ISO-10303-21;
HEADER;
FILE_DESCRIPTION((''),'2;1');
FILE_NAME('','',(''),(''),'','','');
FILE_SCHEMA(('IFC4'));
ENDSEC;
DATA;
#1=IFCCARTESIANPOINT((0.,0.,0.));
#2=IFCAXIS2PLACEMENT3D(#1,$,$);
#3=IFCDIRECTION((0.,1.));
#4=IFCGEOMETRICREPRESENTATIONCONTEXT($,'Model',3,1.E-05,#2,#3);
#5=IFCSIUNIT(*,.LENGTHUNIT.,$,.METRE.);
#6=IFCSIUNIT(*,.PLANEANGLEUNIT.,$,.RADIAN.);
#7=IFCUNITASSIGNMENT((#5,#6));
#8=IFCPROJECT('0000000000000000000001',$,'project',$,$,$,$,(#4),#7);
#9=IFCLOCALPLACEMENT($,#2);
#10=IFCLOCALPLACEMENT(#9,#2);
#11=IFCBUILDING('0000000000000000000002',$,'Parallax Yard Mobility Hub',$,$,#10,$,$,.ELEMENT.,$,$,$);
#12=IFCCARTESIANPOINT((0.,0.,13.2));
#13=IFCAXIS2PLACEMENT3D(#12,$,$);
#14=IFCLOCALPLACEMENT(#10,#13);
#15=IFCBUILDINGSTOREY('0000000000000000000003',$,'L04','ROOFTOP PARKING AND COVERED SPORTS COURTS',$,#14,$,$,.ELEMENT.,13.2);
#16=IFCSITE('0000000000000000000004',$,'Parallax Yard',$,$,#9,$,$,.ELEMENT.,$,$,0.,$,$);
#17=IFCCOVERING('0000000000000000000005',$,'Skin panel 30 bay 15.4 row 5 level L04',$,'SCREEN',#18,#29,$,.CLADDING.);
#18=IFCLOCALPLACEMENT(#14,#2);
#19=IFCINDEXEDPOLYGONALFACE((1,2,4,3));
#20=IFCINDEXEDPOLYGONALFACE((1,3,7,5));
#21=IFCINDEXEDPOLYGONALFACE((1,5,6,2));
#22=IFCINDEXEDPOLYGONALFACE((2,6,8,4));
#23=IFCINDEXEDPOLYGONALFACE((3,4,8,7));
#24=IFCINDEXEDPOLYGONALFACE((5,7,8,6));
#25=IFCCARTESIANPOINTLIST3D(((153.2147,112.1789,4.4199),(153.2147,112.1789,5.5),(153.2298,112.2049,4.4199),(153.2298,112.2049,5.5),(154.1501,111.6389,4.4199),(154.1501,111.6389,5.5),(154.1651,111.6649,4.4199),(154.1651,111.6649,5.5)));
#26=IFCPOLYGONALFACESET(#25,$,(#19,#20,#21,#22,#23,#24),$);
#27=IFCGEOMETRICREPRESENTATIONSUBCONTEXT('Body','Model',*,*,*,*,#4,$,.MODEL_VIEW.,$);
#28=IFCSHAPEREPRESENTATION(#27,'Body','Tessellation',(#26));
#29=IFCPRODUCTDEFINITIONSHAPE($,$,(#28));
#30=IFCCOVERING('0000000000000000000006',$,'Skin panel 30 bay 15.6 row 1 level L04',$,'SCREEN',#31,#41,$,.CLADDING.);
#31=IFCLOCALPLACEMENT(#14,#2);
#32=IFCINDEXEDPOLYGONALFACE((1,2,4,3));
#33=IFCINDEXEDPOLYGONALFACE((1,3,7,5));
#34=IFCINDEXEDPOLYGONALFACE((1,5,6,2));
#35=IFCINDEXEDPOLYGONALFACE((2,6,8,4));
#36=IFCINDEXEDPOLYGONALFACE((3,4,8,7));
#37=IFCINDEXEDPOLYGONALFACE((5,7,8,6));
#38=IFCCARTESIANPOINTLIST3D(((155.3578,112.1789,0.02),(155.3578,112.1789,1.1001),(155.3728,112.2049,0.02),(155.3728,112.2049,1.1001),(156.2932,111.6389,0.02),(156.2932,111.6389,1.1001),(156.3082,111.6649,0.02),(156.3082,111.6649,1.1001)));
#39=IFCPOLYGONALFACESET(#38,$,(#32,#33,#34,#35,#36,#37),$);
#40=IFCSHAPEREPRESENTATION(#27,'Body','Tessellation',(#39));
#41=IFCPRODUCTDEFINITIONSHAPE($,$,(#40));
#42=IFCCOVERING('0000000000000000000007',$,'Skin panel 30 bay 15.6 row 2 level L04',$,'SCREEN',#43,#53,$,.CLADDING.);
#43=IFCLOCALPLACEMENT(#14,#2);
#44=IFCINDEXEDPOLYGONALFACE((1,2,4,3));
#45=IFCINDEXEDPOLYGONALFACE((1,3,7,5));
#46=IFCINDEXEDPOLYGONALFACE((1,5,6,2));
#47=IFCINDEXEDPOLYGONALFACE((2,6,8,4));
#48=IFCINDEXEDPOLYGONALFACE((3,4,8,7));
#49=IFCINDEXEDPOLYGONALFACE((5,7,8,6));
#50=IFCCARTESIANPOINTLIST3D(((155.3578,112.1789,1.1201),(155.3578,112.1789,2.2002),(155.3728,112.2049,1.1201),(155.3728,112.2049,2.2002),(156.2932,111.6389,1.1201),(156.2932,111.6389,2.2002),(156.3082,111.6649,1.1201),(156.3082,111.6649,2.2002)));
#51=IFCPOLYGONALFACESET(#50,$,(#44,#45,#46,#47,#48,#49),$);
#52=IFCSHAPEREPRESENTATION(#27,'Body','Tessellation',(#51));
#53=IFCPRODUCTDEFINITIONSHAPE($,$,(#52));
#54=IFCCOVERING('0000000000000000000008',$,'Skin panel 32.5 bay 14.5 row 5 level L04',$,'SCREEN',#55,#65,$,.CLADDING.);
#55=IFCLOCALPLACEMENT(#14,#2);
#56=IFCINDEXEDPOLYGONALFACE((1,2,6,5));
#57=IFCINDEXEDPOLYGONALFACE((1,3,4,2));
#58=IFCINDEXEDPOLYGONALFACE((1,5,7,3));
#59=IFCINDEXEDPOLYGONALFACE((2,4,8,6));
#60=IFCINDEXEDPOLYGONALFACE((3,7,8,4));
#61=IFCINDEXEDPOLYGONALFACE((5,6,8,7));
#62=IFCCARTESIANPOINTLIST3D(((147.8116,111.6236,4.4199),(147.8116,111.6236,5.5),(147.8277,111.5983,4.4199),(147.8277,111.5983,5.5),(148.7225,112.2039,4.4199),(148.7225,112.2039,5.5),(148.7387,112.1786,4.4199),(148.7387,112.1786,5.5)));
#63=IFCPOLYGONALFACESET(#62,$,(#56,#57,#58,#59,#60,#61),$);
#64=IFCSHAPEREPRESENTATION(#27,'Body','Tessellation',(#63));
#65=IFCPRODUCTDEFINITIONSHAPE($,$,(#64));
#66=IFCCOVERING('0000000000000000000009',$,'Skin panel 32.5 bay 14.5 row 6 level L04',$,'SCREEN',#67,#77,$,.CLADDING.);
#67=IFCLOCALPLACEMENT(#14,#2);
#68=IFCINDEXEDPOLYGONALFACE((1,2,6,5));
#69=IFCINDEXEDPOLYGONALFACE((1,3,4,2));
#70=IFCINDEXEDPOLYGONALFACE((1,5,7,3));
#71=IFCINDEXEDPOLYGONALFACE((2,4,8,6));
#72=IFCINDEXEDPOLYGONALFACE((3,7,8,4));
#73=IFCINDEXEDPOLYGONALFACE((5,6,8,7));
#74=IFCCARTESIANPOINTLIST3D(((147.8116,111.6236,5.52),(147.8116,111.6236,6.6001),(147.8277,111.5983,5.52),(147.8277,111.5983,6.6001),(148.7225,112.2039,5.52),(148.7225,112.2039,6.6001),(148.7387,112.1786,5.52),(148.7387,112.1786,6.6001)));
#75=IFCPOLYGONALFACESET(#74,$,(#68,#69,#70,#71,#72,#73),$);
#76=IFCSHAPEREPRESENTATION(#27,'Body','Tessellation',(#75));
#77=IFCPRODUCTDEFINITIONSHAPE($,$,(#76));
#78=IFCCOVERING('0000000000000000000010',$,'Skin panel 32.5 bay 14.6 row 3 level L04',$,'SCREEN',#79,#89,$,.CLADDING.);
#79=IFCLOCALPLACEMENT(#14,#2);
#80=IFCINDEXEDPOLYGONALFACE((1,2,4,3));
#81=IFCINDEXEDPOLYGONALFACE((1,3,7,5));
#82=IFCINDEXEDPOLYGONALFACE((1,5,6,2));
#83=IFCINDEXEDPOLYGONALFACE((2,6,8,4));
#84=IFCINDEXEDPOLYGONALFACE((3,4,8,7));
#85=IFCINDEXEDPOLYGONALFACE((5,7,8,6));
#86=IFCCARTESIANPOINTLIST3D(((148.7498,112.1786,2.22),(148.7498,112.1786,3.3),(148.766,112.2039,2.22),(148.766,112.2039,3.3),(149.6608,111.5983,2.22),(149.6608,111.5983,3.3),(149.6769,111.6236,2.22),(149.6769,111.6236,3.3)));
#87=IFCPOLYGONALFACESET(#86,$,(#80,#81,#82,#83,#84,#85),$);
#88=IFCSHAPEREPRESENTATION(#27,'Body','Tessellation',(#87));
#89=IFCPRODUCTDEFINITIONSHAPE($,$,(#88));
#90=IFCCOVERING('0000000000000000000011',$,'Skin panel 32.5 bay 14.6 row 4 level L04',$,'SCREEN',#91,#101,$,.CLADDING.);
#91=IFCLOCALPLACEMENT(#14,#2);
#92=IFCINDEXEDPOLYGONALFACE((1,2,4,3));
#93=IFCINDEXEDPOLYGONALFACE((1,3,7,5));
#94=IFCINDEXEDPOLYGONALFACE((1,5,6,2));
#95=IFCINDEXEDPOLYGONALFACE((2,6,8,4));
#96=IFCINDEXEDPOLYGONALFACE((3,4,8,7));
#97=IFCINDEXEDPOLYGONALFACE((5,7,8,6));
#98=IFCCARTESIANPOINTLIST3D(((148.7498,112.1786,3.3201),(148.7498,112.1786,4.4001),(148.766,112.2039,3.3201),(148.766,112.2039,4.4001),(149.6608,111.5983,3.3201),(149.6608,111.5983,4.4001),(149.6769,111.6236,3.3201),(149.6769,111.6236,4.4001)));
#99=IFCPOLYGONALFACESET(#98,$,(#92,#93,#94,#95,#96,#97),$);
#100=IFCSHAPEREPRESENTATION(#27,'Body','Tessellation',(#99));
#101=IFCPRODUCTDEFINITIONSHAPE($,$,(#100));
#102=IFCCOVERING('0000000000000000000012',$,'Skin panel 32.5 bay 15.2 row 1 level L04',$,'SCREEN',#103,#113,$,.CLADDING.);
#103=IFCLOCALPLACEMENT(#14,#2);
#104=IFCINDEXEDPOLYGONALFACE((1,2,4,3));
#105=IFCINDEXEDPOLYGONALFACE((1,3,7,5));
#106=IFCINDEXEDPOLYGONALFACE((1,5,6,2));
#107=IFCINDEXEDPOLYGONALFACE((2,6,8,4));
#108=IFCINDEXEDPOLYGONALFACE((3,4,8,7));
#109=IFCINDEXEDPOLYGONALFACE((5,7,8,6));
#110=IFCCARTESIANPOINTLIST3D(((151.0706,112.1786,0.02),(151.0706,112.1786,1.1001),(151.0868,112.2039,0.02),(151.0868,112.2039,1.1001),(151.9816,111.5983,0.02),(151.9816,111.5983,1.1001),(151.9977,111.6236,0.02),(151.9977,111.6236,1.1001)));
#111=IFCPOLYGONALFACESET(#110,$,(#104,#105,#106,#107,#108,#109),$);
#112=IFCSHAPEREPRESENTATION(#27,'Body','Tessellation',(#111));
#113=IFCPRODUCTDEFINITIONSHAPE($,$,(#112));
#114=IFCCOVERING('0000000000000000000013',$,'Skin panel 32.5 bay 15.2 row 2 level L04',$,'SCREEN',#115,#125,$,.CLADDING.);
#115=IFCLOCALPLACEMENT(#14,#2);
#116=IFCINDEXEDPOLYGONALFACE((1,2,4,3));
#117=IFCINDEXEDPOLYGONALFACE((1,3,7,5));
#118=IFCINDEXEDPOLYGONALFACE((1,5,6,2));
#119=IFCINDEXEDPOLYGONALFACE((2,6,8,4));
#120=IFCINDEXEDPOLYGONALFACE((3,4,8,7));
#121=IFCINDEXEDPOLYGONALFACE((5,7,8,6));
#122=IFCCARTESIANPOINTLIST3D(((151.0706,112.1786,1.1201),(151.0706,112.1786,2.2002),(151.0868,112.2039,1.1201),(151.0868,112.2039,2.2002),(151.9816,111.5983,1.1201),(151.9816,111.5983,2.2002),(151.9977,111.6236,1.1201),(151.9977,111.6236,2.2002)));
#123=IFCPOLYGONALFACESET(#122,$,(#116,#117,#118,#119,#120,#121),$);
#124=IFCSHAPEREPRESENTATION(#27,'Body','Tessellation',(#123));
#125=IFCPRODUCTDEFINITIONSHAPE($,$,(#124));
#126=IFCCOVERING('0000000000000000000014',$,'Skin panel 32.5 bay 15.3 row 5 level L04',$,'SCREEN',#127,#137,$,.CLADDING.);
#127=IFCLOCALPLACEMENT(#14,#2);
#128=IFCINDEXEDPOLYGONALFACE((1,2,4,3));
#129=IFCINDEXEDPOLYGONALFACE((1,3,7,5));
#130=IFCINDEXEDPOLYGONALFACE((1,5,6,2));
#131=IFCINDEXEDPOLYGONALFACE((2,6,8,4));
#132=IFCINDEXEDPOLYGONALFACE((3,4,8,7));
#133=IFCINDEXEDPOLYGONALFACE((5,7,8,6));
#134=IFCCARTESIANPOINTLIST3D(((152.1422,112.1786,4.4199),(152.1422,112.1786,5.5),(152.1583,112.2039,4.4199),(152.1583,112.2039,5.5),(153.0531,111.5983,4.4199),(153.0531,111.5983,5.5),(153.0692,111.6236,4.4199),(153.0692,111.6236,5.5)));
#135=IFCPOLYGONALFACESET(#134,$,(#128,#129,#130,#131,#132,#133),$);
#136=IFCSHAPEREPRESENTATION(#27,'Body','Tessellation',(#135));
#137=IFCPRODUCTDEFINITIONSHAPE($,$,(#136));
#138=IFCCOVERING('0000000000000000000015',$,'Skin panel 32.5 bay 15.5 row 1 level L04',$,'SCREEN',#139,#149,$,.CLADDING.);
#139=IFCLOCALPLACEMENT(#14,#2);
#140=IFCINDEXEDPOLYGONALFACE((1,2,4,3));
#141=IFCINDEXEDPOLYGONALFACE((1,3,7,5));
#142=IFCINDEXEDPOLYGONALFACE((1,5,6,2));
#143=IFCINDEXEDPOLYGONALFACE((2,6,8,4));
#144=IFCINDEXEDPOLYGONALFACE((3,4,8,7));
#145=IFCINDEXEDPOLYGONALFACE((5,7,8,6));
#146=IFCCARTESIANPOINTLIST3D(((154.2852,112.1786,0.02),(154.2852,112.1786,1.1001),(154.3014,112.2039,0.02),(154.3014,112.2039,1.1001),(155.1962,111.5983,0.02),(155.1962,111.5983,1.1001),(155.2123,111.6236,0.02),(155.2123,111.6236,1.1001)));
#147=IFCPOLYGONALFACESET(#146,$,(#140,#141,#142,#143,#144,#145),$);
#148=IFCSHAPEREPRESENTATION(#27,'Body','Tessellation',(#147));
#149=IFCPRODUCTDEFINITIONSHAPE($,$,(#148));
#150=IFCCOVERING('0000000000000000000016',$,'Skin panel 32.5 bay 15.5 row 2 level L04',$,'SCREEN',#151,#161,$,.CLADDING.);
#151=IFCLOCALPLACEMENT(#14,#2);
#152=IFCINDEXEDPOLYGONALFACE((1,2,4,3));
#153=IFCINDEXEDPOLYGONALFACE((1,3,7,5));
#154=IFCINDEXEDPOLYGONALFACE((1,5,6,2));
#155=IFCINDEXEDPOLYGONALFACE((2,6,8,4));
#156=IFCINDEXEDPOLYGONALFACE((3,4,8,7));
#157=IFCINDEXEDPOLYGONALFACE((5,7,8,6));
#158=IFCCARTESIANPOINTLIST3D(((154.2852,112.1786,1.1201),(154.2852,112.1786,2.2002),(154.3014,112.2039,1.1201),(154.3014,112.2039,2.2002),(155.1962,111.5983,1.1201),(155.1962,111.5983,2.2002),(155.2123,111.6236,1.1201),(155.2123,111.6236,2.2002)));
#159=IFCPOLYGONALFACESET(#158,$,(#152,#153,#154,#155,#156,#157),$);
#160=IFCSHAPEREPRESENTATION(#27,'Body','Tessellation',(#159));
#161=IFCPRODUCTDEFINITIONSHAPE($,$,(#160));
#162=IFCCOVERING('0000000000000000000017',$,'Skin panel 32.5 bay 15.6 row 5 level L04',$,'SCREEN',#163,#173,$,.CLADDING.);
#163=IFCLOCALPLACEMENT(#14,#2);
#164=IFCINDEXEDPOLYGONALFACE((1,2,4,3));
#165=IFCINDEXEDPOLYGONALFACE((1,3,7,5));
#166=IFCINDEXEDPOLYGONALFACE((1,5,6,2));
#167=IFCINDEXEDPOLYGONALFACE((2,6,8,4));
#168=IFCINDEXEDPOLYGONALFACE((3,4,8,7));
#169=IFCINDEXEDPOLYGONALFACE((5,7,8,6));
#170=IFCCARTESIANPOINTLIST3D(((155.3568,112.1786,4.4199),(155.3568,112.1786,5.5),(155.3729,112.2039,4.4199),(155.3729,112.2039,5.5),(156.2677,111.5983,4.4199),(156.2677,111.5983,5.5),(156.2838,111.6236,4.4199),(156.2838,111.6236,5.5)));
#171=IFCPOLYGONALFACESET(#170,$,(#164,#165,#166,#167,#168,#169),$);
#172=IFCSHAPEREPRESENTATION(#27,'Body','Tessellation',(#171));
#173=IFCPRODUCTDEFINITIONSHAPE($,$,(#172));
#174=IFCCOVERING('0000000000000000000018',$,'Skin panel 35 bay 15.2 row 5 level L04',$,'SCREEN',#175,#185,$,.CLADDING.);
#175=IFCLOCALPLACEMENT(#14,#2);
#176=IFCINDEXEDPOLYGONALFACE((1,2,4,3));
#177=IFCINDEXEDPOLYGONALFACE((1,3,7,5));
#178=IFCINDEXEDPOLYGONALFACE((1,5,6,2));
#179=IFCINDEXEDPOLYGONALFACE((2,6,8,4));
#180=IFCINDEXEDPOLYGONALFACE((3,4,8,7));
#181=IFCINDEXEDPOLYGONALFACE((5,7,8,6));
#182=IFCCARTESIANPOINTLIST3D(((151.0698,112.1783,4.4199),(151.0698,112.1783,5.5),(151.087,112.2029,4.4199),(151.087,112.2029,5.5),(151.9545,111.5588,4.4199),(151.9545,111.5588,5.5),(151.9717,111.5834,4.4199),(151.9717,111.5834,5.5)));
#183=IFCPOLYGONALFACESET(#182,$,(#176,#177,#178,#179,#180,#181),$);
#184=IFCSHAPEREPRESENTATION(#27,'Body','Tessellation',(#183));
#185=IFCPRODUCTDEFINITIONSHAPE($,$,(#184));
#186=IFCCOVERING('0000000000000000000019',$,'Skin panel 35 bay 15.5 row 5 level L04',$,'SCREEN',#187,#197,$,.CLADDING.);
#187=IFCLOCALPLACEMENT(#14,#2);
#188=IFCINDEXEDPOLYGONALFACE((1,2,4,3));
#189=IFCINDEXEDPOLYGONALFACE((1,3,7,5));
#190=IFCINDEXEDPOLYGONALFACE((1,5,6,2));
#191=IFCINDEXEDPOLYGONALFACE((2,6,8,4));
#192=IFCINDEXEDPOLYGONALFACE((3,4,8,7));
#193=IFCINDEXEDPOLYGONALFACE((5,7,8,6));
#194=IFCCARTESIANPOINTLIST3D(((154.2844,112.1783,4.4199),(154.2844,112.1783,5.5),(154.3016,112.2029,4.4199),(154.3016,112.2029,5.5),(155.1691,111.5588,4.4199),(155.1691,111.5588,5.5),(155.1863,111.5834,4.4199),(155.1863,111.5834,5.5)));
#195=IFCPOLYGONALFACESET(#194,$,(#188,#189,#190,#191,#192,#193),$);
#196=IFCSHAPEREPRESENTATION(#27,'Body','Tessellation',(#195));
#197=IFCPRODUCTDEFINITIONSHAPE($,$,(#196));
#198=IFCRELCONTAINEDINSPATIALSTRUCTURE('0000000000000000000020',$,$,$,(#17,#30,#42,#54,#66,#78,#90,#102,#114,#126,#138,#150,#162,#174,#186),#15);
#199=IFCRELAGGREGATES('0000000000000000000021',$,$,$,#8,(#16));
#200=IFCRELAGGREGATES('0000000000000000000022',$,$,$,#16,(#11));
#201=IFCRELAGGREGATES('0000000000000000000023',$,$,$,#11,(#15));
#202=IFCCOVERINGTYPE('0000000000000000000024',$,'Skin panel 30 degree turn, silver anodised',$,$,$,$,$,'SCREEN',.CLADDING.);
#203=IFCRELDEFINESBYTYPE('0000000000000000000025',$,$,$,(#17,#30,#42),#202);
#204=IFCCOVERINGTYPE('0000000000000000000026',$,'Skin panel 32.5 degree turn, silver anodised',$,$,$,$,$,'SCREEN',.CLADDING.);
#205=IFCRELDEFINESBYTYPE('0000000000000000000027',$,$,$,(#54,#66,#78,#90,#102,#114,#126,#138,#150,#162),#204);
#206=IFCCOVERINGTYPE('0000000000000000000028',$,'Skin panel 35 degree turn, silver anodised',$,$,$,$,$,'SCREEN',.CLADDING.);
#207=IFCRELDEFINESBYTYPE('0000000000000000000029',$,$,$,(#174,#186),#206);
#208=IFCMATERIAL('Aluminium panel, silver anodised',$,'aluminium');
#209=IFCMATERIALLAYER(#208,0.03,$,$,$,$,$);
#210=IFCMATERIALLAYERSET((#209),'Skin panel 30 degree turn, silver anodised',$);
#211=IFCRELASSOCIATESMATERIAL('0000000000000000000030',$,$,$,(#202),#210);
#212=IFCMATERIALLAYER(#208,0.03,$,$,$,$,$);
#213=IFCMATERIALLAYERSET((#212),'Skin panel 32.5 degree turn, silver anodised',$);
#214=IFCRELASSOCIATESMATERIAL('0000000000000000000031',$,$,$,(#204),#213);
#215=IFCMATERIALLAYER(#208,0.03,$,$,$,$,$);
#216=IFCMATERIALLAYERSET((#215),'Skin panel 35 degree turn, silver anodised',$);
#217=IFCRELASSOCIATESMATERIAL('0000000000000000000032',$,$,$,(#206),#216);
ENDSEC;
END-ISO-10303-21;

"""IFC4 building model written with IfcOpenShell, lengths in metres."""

from ifc_helpers import new_model, si_unit, direction, frame, origin, origin_2d, place, context, subcontext, project, spatial, rectangle, extrude, material, layer, layer_set, type_object, element, save


model = new_model("IFC4")

# Units and contexts
model_context = context("Model", 3, precision=1e-05, world=origin(), true_north=direction((0.0, 1.0)))
body_context = subcontext(model_context, "Body", "Model", "MODEL_VIEW")
ifc_project = project(units=[si_unit("LENGTHUNIT", "METRE"), si_unit("PLANEANGLEUNIT", "RADIAN")], contexts=[model_context])

# Site, building, storey
site_placement = place(None, origin())
site = spatial("IfcSite", under=ifc_project, at=site_placement, Name="Parallax Yard", CompositionType="ELEMENT", RefElevation=0.0)
building_placement = place(site_placement, origin())
building = spatial("IfcBuilding", under=site, at=building_placement, Name="Parallax Yard Mobility Hub", CompositionType="ELEMENT")
storey_placement = place(building_placement, frame((0.0, 0.0, 13.2)))
storey = spatial("IfcBuildingStorey", under=building, at=storey_placement, Name="L04", Description="ROOFTOP PARKING AND COVERED SPORTS COURTS", CompositionType="ELEMENT", Elevation=13.2)

# Coverings
ifc_material = material(Name="Aluminium panel, silver anodised", Category="aluminium")
ifc_layer_1 = layer(ifc_material, 0.03)
ifc_layer_set_1 = layer_set([ifc_layer_1], Name="Skin panel 30 degree turn, silver anodised")
covering_type_1 = type_object("IfcCoveringType", Name="Skin panel 30 degree turn, silver anodised", ElementType="SCREEN", PredefinedType="CLADDING", material=ifc_layer_set_1)
for number, where, z_axis, x_axis, name in (
    (1, (153.6899, 111.9219, 4.4199), (0.0, 0.0, 1.0), (0.866025, -0.5, 0.0), "Skin panel 30 bay 15.4 row 5 level L04"),
    (2, (155.833, 111.9219, 0.02), (0.0, 0.0, 1.0), (0.866025, -0.5, 0.0), "Skin panel 30 bay 15.6 row 1 level L04"),
    (3, (155.833, 111.9219, 1.1201), (0.0, 0.0, 1.0), (0.866025, -0.5, 0.0), "Skin panel 30 bay 15.6 row 2 level L04"),
):
    element("IfcCovering", number, at=place(storey_placement, frame(where, z_axis=z_axis, x_axis=x_axis)), inside=storey, type_object=covering_type_1, Name=name, ObjectType="SCREEN", PredefinedType="CLADDING", context=body_context, shape_type="SweptSolid", body=[
        extrude(rectangle(XDim=1.0801, YDim=0.03, at=origin_2d()), origin(), (0.0, 0.0, 1.0), 1.0801),
    ])
ifc_layer_2 = layer(ifc_material, 0.03)
ifc_layer_set_2 = layer_set([ifc_layer_2], Name="Skin panel 32.5 degree turn, silver anodised")
covering_type_2 = type_object("IfcCoveringType", Name="Skin panel 32.5 degree turn, silver anodised", ElementType="SCREEN", PredefinedType="CLADDING", material=ifc_layer_set_2)
for number, where, z_axis, x_axis, name in (
    (4, (148.2751, 111.9011, 4.4199), (0.0, 0.0, 1.0), (-0.843391, -0.5373, 0.0), "Skin panel 32.5 bay 14.5 row 5 level L04"),
    (5, (148.2751, 111.9011, 5.52), (0.0, 0.0, 1.0), (-0.843391, -0.5373, 0.0), "Skin panel 32.5 bay 14.5 row 6 level L04"),
    (6, (149.2134, 111.9011, 2.22), (0.0, 0.0, 1.0), (0.843391, -0.5373, 0.0), "Skin panel 32.5 bay 14.6 row 3 level L04"),
    (7, (149.2134, 111.9011, 3.3201), (0.0, 0.0, 1.0), (0.843391, -0.5373, 0.0), "Skin panel 32.5 bay 14.6 row 4 level L04"),
    (8, (151.5342, 111.9011, 0.02), (0.0, 0.0, 1.0), (0.843391, -0.5373, 0.0), "Skin panel 32.5 bay 15.2 row 1 level L04"),
    (9, (151.5342, 111.9011, 1.1201), (0.0, 0.0, 1.0), (0.843391, -0.5373, 0.0), "Skin panel 32.5 bay 15.2 row 2 level L04"),
    (10, (152.6057, 111.9011, 4.4199), (0.0, 0.0, 1.0), (0.843391, -0.5373, 0.0), "Skin panel 32.5 bay 15.3 row 5 level L04"),
    (11, (154.7488, 111.9011, 0.02), (0.0, 0.0, 1.0), (0.843391, -0.5373, 0.0), "Skin panel 32.5 bay 15.5 row 1 level L04"),
    (12, (154.7488, 111.9011, 1.1201), (0.0, 0.0, 1.0), (0.843391, -0.5373, 0.0), "Skin panel 32.5 bay 15.5 row 2 level L04"),
    (13, (155.8203, 111.9011, 4.4199), (0.0, 0.0, 1.0), (0.843391, -0.5373, 0.0), "Skin panel 32.5 bay 15.6 row 5 level L04"),
):
    element("IfcCovering", number, at=place(storey_placement, frame(where, z_axis=z_axis, x_axis=x_axis)), inside=storey, type_object=covering_type_2, Name=name, ObjectType="SCREEN", PredefinedType="CLADDING", context=body_context, shape_type="SweptSolid", body=[
        extrude(rectangle(XDim=1.0801, YDim=0.03, at=origin_2d()), origin(), (0.0, 0.0, 1.0), 1.0801),
    ])
ifc_layer_3 = layer(ifc_material, 0.03)
ifc_layer_set_3 = layer_set([ifc_layer_3], Name="Skin panel 35 degree turn, silver anodised")
covering_type_3 = type_object("IfcCoveringType", Name="Skin panel 35 degree turn, silver anodised", ElementType="SCREEN", PredefinedType="CLADDING", material=ifc_layer_set_3)
for number, where, z_axis, x_axis, name in (
    (14, (151.5208, 111.8809, 4.4199), (0.0, 0.0, 1.0), (0.819152, -0.573576, 0.0), "Skin panel 35 bay 15.2 row 5 level L04"),
    (15, (154.7354, 111.8809, 4.4199), (0.0, 0.0, 1.0), (0.819152, -0.573576, 0.0), "Skin panel 35 bay 15.5 row 5 level L04"),
):
    element("IfcCovering", number, at=place(storey_placement, frame(where, z_axis=z_axis, x_axis=x_axis)), inside=storey, type_object=covering_type_3, Name=name, ObjectType="SCREEN", PredefinedType="CLADDING", context=body_context, shape_type="SweptSolid", body=[
        extrude(rectangle(XDim=1.0801, YDim=0.03, at=origin_2d()), origin(), (0.0, 0.0, 1.0), 1.0801),
    ])

save(model, "model.ifc")
